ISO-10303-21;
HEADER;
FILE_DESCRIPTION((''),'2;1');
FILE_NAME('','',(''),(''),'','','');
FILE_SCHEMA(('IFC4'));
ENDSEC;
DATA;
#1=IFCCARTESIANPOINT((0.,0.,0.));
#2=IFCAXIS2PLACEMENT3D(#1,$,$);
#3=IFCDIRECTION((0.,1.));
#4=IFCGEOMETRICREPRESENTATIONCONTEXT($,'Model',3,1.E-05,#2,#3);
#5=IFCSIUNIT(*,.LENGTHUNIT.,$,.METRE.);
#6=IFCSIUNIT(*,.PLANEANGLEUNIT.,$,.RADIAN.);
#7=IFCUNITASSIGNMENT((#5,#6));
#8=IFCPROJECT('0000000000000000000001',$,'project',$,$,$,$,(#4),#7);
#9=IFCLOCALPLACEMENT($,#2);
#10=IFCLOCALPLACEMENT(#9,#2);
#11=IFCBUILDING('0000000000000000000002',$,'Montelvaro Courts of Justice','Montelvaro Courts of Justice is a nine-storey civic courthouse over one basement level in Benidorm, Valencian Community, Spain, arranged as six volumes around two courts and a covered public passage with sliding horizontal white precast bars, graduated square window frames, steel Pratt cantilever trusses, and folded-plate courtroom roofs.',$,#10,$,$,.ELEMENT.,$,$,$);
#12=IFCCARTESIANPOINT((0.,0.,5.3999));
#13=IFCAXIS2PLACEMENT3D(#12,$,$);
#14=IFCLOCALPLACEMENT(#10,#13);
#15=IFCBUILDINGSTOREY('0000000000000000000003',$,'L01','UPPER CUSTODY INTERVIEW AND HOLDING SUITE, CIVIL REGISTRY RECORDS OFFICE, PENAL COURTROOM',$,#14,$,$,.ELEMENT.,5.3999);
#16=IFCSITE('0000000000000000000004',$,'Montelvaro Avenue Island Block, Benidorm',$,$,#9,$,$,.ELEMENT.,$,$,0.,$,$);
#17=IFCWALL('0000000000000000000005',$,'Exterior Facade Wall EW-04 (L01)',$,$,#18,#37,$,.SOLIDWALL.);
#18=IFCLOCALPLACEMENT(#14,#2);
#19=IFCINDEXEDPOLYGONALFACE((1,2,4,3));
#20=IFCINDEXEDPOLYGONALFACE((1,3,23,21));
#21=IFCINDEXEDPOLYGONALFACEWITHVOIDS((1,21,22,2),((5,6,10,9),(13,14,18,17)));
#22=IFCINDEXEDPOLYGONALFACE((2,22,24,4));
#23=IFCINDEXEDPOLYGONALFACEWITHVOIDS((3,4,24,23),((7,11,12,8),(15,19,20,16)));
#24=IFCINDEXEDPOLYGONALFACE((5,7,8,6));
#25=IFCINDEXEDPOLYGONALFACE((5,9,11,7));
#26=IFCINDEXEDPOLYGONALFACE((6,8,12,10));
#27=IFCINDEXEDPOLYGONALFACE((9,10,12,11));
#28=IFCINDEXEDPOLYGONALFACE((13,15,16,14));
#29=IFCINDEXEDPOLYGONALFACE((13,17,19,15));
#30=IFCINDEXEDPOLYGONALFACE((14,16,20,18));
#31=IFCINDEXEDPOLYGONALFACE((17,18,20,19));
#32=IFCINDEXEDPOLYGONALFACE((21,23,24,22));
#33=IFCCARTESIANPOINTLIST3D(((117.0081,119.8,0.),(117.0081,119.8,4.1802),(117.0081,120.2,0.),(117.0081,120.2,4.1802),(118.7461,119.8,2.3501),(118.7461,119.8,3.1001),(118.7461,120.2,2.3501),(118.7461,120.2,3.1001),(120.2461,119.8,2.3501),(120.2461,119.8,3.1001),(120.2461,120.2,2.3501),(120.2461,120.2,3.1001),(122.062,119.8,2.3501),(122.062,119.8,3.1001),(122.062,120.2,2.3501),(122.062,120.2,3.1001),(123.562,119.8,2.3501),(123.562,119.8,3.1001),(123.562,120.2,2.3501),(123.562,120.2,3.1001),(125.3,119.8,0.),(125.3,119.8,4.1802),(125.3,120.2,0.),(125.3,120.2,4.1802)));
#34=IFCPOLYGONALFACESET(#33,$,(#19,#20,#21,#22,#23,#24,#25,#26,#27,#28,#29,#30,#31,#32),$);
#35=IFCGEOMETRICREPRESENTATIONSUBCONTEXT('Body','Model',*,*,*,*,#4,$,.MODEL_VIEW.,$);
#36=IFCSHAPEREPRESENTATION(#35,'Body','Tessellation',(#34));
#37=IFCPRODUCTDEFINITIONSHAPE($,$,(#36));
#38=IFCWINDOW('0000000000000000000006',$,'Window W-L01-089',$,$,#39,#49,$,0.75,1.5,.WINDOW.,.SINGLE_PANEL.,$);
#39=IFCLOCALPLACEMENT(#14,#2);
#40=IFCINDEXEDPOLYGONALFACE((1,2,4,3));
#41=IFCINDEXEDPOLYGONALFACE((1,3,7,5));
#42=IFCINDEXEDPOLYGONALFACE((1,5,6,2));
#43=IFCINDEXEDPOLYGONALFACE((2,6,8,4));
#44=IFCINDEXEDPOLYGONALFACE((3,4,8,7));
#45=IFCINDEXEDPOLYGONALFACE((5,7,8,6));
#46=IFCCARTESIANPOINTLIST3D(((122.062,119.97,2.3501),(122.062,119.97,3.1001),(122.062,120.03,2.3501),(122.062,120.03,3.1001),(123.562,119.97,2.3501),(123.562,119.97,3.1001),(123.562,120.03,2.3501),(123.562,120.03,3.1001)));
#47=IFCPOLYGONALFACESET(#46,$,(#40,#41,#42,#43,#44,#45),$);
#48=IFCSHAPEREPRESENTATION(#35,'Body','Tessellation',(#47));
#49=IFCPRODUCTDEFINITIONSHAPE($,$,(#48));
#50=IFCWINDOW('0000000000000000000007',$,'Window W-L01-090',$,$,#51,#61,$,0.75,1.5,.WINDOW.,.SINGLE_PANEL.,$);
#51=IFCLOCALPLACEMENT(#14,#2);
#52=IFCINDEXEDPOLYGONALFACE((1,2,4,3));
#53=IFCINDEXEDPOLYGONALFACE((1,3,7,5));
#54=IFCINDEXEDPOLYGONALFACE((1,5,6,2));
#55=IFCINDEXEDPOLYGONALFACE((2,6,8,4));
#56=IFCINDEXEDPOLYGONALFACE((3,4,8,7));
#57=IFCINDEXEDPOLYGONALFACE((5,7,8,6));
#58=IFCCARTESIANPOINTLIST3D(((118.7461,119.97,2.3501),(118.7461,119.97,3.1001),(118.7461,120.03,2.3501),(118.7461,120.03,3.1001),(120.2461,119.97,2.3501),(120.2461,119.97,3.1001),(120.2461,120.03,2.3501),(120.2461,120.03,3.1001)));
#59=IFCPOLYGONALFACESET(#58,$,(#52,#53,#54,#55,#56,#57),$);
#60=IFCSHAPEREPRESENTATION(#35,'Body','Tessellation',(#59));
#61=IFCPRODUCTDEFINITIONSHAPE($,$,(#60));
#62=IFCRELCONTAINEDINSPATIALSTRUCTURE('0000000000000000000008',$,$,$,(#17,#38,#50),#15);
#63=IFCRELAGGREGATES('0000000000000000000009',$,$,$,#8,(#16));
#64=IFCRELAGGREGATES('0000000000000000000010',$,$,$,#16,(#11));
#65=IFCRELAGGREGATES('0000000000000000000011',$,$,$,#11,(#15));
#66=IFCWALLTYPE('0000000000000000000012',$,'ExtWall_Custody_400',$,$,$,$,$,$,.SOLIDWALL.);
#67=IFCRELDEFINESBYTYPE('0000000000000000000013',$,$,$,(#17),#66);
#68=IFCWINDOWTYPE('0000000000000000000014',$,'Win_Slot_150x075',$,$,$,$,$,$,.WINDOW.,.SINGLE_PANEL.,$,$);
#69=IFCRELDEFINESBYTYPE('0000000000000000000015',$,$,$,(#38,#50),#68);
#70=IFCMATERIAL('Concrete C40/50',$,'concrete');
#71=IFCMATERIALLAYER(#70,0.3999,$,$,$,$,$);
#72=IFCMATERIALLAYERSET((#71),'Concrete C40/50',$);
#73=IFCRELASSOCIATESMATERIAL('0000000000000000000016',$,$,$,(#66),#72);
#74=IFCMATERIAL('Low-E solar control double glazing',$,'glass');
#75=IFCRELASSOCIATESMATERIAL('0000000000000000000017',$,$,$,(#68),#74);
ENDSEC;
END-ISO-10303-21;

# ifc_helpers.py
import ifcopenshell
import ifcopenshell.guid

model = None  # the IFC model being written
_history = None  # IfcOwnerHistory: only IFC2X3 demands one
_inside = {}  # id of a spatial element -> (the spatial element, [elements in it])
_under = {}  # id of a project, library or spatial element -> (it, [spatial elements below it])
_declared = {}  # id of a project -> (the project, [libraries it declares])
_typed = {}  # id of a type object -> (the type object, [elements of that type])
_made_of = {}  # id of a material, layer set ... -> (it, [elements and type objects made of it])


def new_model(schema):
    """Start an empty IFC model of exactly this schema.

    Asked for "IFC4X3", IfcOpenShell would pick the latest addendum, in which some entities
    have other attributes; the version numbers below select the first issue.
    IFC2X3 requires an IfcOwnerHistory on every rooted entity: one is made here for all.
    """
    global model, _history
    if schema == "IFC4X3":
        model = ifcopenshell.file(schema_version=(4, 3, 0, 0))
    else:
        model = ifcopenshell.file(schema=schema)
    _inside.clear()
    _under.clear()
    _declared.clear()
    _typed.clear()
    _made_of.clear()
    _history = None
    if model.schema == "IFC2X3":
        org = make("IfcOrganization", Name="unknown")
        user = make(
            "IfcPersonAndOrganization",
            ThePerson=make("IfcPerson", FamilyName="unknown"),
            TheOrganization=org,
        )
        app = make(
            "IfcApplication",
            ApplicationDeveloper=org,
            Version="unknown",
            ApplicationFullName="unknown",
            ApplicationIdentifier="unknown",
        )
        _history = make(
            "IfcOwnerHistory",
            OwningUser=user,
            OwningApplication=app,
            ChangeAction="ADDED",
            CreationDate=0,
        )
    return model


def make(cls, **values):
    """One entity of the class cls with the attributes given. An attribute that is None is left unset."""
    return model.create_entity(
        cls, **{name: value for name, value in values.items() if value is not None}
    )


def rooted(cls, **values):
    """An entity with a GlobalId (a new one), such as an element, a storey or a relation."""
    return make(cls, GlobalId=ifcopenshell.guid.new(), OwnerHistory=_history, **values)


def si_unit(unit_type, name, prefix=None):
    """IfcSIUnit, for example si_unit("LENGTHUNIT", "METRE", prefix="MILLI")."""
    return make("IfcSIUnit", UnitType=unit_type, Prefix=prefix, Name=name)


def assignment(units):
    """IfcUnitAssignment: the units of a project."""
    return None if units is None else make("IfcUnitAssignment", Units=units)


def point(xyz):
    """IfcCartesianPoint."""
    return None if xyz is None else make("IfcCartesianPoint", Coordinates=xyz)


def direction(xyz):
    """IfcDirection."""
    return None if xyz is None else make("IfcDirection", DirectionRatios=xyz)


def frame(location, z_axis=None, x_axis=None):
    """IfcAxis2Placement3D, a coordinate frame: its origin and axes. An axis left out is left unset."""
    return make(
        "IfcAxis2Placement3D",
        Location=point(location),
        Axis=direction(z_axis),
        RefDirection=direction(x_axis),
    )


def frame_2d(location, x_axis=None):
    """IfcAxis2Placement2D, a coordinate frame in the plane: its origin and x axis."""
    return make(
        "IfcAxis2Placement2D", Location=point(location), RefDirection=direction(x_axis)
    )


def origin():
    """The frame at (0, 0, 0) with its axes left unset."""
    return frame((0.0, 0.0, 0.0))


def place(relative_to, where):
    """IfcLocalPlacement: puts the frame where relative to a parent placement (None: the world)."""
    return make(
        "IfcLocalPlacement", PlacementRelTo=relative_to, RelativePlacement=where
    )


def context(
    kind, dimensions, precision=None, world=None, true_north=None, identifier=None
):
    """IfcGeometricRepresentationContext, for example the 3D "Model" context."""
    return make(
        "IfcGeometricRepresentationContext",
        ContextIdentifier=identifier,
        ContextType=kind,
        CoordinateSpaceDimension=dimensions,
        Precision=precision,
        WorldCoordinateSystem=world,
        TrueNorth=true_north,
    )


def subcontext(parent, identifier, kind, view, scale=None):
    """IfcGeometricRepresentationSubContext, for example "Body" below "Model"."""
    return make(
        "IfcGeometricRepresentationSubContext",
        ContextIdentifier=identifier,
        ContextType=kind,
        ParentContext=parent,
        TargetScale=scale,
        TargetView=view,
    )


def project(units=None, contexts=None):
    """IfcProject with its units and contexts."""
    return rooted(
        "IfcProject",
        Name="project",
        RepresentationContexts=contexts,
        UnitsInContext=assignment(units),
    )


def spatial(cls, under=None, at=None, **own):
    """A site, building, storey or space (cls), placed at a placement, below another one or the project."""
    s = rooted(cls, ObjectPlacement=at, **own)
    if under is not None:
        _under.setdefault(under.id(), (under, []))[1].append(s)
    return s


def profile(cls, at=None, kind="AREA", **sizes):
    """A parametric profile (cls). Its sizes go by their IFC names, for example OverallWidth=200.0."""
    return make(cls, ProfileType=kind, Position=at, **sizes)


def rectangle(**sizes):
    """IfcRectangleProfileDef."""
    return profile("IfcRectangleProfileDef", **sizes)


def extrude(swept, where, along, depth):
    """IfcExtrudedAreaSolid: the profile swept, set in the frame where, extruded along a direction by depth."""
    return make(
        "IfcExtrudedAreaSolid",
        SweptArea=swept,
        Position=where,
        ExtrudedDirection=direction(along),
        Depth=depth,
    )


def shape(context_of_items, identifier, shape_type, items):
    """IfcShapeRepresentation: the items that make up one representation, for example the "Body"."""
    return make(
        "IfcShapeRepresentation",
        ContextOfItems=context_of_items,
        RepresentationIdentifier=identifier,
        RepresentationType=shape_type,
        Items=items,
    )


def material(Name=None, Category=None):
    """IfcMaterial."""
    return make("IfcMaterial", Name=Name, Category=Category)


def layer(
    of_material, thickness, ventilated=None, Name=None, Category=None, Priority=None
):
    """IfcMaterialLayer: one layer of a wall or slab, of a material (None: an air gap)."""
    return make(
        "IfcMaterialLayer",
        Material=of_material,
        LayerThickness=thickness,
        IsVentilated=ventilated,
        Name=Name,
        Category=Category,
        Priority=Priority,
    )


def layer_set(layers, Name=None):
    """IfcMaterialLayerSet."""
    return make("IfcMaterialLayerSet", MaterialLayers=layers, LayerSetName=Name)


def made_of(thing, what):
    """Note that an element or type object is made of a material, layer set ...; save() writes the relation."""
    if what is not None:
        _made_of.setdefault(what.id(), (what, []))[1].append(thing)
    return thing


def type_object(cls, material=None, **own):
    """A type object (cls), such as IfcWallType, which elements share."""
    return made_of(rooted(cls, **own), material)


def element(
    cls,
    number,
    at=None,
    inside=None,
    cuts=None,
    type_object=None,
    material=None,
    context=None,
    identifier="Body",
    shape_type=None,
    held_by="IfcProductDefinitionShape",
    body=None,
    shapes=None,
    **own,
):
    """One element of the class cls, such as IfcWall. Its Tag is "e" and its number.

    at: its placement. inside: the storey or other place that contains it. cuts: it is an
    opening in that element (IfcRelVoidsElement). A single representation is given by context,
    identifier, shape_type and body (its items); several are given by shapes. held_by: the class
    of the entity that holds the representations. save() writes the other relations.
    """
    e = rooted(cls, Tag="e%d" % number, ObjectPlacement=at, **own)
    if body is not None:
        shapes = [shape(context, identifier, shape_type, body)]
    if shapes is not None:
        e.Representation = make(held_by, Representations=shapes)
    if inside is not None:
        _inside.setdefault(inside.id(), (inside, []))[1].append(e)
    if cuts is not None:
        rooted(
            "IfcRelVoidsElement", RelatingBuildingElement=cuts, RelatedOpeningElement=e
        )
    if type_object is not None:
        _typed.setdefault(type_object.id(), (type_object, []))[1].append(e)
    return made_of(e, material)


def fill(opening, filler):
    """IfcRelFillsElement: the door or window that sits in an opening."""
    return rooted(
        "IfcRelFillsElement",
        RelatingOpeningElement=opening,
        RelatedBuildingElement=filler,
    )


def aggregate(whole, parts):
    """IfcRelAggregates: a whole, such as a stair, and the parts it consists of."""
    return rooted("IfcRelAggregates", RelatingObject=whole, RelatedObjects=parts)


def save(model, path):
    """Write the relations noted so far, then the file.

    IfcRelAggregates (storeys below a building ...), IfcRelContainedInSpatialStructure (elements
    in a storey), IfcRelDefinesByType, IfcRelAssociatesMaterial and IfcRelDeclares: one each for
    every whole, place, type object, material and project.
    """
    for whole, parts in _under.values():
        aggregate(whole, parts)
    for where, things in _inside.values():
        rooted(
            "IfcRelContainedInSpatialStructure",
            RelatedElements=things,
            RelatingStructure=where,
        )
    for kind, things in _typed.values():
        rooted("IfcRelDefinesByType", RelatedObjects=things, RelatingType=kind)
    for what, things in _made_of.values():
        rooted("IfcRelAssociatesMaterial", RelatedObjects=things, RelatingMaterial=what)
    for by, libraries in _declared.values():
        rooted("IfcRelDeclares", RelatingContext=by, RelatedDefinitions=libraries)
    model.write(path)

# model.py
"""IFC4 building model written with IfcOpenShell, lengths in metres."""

from ifc_helpers import new_model, si_unit, direction, frame, frame_2d, origin, place, context, subcontext, project, spatial, rectangle, extrude, material, layer, layer_set, type_object, element, fill, save


model = new_model("IFC4")

# Units and contexts
model_context = context("Model", 3, precision=1e-05, world=origin(), true_north=direction((0.0, 1.0)))
body_context = subcontext(model_context, "Body", "Model", "MODEL_VIEW")
ifc_project = project(units=[si_unit("LENGTHUNIT", "METRE"), si_unit("PLANEANGLEUNIT", "RADIAN")], contexts=[model_context])

# Site, building, storey
site_placement = place(None, origin())
site = spatial("IfcSite", under=ifc_project, at=site_placement, Name="Montelvaro Avenue Island Block, Benidorm", CompositionType="ELEMENT", RefElevation=0.0)
building_placement = place(site_placement, origin())
building = spatial("IfcBuilding", under=site, at=building_placement, Name="Montelvaro Courts of Justice", Description="Montelvaro Courts of Justice is a nine-storey civic courthouse over one basement level in Benidorm, Valencian Community, Spain, arranged as six volumes around two courts and a covered public passage with sliding horizontal white precast bars, graduated square window frames, steel Pratt cantilever trusses, and folded-plate courtroom roofs.", CompositionType="ELEMENT")
storey_placement = place(building_placement, frame((0.0, 0.0, 5.3999)))
storey = spatial("IfcBuildingStorey", under=building, at=storey_placement, Name="L01", Description="UPPER CUSTODY INTERVIEW AND HOLDING SUITE, CIVIL REGISTRY RECORDS OFFICE, PENAL COURTROOM", CompositionType="ELEMENT", Elevation=5.3999)

# Shared definitions
ifc_material_1 = material(Name="Concrete C40/50", Category="concrete")
ifc_layer = layer(ifc_material_1, 0.3999)
ifc_layer_set = layer_set([ifc_layer], Name="Concrete C40/50")
wall_type = type_object("IfcWallType", Name="ExtWall_Custody_400", PredefinedType="SOLIDWALL", material=ifc_layer_set)
ifc_material_2 = material(Name="Low-E solar control double glazing", Category="glass")

# Wall, openings, windows
wall_1_placement = place(storey_placement, frame((125.3, 120.0, 0.0), z_axis=(0.0, 0.0, 1.0), x_axis=(-1.0, 0.0, 0.0)))
wall_1 = element("IfcWall", 1, at=wall_1_placement, inside=storey, type_object=wall_type, Name="Exterior Facade Wall EW-04 (L01)", PredefinedType="SOLIDWALL", context=body_context, shape_type="SweptSolid", body=[
    extrude(rectangle(XDim=8.292, YDim=0.3999, at=frame_2d((4.146, 0.0))), origin(), (0.0, 0.0, 1.0), 4.1802),
])
opening_1_placement = place(wall_1_placement, frame((1.738, 0.0, 2.3501)))
opening_1 = element("IfcOpeningElement", 2, at=opening_1_placement, cuts=wall_1, PredefinedType="OPENING", context=body_context, shape_type="SweptSolid", body=[
    extrude(rectangle(XDim=1.5, YDim=0.75, at=frame_2d((0.75, 0.375))), frame((0.0, 0.2148, 0.0), z_axis=(0.0, -1.0, 0.0), x_axis=(1.0, 0.0, 0.0)), (0.0, 0.0, 1.0), 0.4297),
])
opening_2_placement = place(wall_1_placement, frame((5.054, 0.0, 2.3501)))
opening_2 = element("IfcOpeningElement", 3, at=opening_2_placement, cuts=wall_1, PredefinedType="OPENING", context=body_context, shape_type="SweptSolid", body=[
    extrude(rectangle(XDim=1.5, YDim=0.75, at=frame_2d((0.75, 0.375))), frame((0.0, 0.2148, 0.0), z_axis=(0.0, -1.0, 0.0), x_axis=(1.0, 0.0, 0.0)), (0.0, 0.0, 1.0), 0.4297),
])
window_type_1 = type_object("IfcWindowType", Name="Win_Slot_150x075", PartitioningType="SINGLE_PANEL", PredefinedType="WINDOW", material=ifc_material_2)
window_1_placement = place(opening_1_placement, origin())
window_1 = element("IfcWindow", 4, at=window_1_placement, inside=storey, type_object=window_type_1, Name="Window W-L01-089", OverallHeight=0.75, OverallWidth=1.5, PartitioningType="SINGLE_PANEL", PredefinedType="WINDOW", context=body_context, shape_type="SweptSolid", body=[
    extrude(rectangle(XDim=1.5, YDim=0.75, at=frame_2d((0.75, 0.375))), frame((0.0, 0.03, 0.0), z_axis=(0.0, -1.0, 0.0), x_axis=(1.0, 0.0, 0.0)), (0.0, 0.0, 1.0), 0.0601),
])
fill(opening_1, window_1)
window_2_placement = place(opening_2_placement, origin())
window_2 = element("IfcWindow", 5, at=window_2_placement, inside=storey, type_object=window_type_1, Name="Window W-L01-090", OverallHeight=0.75, OverallWidth=1.5, PartitioningType="SINGLE_PANEL", PredefinedType="WINDOW", context=body_context, shape_type="SweptSolid", body=[
    extrude(rectangle(XDim=1.5, YDim=0.75, at=frame_2d((0.75, 0.375))), frame((0.0, 0.03, 0.0), z_axis=(0.0, -1.0, 0.0), x_axis=(1.0, 0.0, 0.0)), (0.0, 0.0, 1.0), 0.0601),
])
fill(opening_2, window_2)

save(model, "model.ifc")
